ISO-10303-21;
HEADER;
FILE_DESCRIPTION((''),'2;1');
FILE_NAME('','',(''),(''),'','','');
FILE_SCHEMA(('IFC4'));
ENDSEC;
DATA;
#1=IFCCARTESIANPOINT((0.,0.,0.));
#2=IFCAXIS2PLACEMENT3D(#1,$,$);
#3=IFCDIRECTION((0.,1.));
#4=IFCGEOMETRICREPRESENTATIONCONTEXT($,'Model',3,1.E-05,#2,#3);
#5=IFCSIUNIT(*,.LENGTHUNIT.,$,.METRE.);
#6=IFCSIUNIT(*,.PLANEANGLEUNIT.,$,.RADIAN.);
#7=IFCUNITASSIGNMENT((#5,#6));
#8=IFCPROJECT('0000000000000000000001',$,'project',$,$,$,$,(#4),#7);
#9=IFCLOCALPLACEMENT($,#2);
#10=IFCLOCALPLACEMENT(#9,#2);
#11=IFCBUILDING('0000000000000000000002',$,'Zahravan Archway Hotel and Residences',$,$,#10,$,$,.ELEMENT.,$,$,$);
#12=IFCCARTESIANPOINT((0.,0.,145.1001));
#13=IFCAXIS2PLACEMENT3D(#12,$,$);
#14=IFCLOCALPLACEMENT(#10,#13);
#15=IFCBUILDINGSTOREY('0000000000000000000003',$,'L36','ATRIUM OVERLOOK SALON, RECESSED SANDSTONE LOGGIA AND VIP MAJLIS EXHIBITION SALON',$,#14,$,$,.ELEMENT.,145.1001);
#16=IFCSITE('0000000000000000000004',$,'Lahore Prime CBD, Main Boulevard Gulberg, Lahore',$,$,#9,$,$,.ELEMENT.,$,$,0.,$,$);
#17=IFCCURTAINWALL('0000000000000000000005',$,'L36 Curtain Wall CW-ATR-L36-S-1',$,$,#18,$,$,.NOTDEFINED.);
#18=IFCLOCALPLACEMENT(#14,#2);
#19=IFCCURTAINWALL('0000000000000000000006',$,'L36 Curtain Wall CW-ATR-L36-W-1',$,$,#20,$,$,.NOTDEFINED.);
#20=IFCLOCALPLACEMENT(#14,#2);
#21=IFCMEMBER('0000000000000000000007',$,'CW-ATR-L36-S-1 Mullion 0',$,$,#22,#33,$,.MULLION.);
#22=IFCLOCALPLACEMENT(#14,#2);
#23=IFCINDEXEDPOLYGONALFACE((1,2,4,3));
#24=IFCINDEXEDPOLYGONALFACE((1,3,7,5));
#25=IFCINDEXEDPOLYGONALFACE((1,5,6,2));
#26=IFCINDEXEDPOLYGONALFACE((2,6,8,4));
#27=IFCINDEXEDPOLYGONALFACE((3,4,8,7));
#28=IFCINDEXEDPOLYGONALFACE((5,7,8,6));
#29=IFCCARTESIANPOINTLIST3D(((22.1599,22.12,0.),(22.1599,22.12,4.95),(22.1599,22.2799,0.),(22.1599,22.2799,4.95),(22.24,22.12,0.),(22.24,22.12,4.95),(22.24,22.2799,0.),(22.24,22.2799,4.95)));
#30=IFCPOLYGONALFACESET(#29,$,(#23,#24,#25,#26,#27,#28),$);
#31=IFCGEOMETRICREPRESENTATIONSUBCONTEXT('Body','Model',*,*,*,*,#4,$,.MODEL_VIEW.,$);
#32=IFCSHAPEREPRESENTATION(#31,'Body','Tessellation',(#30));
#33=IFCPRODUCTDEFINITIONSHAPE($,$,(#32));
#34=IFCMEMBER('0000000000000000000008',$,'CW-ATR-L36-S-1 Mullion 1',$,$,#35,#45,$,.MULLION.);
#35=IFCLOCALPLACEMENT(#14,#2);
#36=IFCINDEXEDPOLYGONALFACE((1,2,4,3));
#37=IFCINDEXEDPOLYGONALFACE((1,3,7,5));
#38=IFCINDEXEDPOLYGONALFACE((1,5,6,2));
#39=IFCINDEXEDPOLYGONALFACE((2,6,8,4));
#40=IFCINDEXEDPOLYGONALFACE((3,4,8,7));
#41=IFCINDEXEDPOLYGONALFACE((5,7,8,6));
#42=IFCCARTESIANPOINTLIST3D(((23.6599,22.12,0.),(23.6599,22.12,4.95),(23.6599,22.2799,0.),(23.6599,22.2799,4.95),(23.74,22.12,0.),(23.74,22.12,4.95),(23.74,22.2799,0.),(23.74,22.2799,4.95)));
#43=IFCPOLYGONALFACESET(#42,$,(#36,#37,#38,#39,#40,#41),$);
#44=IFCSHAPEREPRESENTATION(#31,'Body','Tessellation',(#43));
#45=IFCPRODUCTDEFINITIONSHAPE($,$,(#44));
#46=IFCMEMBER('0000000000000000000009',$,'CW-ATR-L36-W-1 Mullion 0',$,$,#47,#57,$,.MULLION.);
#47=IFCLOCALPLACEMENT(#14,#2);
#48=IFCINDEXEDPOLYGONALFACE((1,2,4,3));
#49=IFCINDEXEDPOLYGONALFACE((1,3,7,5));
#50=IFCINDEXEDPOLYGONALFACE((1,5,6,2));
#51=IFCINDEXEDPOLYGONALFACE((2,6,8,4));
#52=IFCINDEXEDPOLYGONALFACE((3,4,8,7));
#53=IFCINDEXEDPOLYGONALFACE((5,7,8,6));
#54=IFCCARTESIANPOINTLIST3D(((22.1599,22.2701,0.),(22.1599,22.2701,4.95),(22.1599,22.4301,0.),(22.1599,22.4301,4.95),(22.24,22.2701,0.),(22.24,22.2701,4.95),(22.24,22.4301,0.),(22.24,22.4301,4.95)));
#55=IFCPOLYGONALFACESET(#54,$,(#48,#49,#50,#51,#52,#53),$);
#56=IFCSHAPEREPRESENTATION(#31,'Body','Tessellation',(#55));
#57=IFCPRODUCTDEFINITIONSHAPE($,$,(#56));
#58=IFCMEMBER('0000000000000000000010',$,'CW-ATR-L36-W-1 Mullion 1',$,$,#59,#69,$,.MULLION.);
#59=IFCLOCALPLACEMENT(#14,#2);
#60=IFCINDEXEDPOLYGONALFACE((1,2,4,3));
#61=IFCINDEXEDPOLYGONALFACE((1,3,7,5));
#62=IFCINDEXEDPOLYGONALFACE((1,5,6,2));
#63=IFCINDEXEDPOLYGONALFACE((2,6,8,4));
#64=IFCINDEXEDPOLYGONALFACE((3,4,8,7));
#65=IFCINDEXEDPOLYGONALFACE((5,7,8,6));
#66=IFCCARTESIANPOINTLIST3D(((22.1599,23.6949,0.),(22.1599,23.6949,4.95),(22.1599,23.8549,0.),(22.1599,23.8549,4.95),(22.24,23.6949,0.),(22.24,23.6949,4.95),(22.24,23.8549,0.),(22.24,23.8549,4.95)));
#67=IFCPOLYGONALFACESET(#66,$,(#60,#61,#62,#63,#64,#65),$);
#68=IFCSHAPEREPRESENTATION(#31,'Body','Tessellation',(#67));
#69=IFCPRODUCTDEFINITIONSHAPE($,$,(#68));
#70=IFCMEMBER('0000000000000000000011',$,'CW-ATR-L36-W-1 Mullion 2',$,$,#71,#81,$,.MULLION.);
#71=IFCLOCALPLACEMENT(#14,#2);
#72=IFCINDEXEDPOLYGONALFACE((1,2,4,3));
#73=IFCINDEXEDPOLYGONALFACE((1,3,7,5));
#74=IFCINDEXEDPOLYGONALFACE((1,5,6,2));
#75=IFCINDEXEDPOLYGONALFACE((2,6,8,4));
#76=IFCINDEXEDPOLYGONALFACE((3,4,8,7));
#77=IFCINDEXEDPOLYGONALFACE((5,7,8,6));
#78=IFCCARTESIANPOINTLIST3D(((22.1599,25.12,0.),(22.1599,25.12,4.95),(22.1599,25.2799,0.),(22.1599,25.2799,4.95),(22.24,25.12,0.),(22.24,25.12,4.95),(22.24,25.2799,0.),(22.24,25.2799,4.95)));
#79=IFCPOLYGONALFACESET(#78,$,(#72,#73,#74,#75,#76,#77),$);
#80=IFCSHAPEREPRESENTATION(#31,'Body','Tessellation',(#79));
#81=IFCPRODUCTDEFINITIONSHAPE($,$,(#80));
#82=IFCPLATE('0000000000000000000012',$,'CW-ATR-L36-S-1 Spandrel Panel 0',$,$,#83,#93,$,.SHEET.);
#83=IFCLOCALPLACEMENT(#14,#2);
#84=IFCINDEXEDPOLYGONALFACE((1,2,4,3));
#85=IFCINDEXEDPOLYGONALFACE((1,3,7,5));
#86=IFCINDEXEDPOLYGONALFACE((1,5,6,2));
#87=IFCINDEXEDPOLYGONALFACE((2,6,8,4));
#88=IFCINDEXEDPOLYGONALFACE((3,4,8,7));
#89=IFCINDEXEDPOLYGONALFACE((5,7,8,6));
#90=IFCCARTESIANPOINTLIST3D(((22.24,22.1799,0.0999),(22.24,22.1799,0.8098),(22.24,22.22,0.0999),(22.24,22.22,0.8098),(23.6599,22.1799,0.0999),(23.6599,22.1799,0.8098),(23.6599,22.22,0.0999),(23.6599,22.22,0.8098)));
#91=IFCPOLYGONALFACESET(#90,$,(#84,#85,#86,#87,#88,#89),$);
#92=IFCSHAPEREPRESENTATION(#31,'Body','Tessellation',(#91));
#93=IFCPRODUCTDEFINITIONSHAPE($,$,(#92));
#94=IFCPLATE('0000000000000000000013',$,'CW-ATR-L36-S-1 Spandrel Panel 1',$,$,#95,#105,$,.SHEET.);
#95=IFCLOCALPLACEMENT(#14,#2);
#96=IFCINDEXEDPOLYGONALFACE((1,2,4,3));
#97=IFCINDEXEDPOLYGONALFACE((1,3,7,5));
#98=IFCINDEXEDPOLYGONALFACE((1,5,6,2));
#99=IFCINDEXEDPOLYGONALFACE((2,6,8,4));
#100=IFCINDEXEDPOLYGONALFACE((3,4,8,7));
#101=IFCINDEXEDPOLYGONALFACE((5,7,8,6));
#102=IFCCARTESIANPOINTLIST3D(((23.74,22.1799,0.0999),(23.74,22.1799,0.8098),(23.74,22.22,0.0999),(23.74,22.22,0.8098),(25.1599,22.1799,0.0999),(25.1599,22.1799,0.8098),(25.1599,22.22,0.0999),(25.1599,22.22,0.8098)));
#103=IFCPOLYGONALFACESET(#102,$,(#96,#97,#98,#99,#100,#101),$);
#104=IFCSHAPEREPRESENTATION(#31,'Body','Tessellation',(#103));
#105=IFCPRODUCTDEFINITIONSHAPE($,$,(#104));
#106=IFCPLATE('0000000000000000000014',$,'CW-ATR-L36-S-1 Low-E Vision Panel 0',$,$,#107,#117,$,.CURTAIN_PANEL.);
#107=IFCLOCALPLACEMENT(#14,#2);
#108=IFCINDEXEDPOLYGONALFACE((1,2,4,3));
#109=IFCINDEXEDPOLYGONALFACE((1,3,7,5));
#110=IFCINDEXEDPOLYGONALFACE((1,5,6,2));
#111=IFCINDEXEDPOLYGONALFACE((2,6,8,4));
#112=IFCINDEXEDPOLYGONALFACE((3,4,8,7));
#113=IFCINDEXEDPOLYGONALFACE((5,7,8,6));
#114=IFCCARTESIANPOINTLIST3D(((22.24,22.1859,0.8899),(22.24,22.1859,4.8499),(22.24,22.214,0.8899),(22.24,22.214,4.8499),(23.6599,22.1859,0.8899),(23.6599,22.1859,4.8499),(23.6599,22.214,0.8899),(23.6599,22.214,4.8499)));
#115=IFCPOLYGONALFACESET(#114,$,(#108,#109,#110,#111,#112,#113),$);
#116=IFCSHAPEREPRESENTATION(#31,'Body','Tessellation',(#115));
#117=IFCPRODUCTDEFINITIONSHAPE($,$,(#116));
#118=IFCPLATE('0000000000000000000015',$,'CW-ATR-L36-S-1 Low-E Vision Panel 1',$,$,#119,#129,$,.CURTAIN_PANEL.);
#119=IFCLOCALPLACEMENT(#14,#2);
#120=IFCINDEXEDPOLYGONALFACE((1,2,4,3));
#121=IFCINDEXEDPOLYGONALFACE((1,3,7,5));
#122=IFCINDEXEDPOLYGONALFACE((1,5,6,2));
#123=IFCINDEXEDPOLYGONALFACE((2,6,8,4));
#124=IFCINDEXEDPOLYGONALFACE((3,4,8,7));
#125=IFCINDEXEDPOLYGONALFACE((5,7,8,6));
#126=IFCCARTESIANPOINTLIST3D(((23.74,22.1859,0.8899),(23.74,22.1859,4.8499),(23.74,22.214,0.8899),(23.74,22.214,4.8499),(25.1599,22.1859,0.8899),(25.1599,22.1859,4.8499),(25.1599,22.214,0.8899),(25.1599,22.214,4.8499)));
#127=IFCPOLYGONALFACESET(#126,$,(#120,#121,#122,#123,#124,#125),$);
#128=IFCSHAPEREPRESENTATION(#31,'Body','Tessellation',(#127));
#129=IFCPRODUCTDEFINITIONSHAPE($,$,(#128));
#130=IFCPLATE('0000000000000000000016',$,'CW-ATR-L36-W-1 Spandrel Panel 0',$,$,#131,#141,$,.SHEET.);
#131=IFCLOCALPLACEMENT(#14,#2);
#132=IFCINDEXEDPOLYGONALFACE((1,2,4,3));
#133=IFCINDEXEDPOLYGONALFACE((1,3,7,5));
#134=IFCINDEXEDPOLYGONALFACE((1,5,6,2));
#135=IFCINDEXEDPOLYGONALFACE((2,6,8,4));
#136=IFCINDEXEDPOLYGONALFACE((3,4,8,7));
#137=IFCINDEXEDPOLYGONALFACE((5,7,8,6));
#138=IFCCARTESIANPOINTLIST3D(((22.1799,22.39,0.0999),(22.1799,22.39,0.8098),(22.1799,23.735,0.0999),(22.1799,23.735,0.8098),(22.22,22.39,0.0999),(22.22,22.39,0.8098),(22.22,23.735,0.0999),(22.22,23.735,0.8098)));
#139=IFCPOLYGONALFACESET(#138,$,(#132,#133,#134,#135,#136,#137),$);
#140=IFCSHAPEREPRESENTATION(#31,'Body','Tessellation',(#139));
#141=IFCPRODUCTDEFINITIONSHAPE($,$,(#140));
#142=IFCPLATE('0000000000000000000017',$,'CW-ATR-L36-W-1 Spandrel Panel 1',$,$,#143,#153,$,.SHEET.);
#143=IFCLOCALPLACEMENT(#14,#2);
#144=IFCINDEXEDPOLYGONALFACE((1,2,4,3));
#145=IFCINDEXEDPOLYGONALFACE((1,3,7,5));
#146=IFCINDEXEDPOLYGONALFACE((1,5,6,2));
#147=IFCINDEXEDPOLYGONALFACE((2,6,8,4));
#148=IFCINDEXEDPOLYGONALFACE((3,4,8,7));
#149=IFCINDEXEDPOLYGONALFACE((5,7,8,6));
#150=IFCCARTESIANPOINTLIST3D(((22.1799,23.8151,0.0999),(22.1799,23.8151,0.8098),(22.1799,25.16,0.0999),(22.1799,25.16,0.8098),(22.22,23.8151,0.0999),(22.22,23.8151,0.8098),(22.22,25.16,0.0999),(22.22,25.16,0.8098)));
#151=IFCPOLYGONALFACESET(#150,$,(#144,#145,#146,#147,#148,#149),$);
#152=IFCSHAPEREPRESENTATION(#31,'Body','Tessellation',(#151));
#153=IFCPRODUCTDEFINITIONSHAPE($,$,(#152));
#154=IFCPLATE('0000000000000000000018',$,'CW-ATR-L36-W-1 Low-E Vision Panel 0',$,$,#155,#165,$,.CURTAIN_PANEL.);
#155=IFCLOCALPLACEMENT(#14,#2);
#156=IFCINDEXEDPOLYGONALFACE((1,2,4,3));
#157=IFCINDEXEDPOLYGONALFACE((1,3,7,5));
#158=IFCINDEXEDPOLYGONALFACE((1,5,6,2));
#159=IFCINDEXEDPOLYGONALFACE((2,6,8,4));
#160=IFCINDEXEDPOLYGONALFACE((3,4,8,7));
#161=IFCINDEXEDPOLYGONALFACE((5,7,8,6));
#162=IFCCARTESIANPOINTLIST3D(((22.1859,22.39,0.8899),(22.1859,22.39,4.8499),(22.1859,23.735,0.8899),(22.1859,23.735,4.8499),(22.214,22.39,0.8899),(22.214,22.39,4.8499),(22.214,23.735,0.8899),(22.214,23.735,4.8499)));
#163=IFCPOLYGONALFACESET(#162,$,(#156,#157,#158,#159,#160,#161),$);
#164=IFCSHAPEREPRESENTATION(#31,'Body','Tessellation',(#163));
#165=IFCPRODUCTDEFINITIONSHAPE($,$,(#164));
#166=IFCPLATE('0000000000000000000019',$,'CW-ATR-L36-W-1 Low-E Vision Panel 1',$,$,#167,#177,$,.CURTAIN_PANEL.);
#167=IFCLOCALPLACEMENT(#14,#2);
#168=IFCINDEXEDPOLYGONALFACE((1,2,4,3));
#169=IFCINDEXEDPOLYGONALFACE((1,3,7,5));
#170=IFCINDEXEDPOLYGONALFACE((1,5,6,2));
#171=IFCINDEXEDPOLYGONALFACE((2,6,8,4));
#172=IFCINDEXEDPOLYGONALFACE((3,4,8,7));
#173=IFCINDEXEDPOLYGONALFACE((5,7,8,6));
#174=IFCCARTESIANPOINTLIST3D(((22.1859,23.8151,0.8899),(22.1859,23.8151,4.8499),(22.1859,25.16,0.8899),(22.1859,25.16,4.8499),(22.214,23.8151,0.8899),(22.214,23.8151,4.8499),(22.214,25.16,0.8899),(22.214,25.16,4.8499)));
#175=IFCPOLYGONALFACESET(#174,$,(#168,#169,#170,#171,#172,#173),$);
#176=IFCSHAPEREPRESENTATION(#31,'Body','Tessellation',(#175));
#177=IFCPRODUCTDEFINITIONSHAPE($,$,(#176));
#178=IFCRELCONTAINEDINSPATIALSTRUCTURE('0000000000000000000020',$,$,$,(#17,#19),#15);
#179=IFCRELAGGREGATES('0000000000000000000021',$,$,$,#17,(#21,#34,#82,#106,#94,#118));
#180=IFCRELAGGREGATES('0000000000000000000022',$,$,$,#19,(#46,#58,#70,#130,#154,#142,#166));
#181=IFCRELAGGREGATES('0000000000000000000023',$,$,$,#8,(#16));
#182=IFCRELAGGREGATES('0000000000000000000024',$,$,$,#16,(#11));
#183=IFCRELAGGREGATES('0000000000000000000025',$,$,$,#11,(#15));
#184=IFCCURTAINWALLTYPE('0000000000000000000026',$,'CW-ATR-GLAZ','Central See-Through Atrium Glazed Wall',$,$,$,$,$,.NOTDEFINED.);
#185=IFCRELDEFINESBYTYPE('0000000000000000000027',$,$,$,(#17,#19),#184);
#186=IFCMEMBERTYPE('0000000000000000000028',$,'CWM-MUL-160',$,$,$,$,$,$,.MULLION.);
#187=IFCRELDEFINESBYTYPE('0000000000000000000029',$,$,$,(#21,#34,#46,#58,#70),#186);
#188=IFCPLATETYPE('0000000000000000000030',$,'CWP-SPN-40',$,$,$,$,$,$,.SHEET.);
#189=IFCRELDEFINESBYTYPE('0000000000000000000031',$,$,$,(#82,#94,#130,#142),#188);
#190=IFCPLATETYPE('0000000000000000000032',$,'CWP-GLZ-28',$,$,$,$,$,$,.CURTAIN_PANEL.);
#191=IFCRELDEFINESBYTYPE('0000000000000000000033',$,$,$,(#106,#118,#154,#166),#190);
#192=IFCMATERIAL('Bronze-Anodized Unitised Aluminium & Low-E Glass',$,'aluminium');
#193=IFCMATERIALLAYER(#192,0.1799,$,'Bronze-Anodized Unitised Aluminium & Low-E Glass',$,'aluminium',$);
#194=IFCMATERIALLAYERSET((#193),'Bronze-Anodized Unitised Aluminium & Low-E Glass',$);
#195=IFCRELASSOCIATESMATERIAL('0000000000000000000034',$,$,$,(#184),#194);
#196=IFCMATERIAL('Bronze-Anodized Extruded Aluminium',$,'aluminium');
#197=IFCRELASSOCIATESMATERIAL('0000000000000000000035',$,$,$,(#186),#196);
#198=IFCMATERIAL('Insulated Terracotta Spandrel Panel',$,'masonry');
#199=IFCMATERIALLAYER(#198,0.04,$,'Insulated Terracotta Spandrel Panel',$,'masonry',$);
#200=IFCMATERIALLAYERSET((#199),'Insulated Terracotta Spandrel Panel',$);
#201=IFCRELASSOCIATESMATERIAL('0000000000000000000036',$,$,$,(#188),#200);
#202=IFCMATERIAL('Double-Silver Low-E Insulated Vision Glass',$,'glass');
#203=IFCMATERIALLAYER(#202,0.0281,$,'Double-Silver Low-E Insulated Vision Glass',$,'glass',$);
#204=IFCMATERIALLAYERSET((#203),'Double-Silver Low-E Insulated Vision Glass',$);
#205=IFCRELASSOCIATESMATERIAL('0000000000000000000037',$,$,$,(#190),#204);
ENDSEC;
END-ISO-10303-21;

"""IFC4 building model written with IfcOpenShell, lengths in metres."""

from ifc_helpers import new_model, si_unit, direction, frame, origin, origin_2d, place, context, subcontext, project, spatial, rectangle, extrude, source, transform, mapped, material, layer, layer_set, material_profile, profile_set, type_object, element, aggregate, save


model = new_model("IFC4")

# Units and contexts
model_context = context("Model", 3, precision=1e-05, world=origin(), true_north=direction((0.0, 1.0)))
body_context = subcontext(model_context, "Body", "Model", "MODEL_VIEW")
ifc_project = project(units=[si_unit("LENGTHUNIT", "METRE"), si_unit("PLANEANGLEUNIT", "RADIAN")], contexts=[model_context])

# Site, building, storey
site_placement = place(None, origin())
site = spatial("IfcSite", under=ifc_project, at=site_placement, Name="Lahore Prime CBD, Main Boulevard Gulberg, Lahore", CompositionType="ELEMENT", RefElevation=0.0)
building_placement = place(site_placement, origin())
building = spatial("IfcBuilding", under=site, at=building_placement, Name="Zahravan Archway Hotel and Residences", CompositionType="ELEMENT")
storey_placement = place(building_placement, frame((0.0, 0.0, 145.1001)))
storey = spatial("IfcBuildingStorey", under=building, at=storey_placement, Name="L36", Description="ATRIUM OVERLOOK SALON, RECESSED SANDSTONE LOGGIA AND VIP MAJLIS EXHIBITION SALON", CompositionType="ELEMENT", Elevation=145.1001)

# Curtain walls
ifc_material_1 = material(Name="Bronze-Anodized Unitised Aluminium & Low-E Glass", Category="aluminium")
ifc_layer_1 = layer(ifc_material_1, 0.1799, Name="Bronze-Anodized Unitised Aluminium & Low-E Glass", Category="aluminium")
ifc_layer_set_1 = layer_set([ifc_layer_1], Name="Bronze-Anodized Unitised Aluminium & Low-E Glass")
curtain_wall_type = type_object("IfcCurtainWallType", Name="CW-ATR-GLAZ", Description="Central See-Through Atrium Glazed Wall", PredefinedType="NOTDEFINED", material=ifc_layer_set_1)
curtain_wall_1_placement = place(storey_placement, origin())
curtain_wall_1 = element("IfcCurtainWall", 1, at=curtain_wall_1_placement, inside=storey, type_object=curtain_wall_type, Name="L36 Curtain Wall CW-ATR-L36-S-1", PredefinedType="NOTDEFINED")
ifc_material_2 = material(Name="Bronze-Anodized Extruded Aluminium", Category="aluminium")
curtain_wall_2_placement = place(storey_placement, origin())
curtain_wall_2 = element("IfcCurtainWall", 2, at=curtain_wall_2_placement, inside=storey, type_object=curtain_wall_type, Name="L36 Curtain Wall CW-ATR-L36-W-1", PredefinedType="NOTDEFINED")

# Members
ifc_material_profile_1 = material_profile(ifc_material_2, rectangle(XDim=0.0801, YDim=0.1599, at=origin_2d()), Name="MUL 80x160", Category="aluminium")
ifc_profile_set_1 = profile_set([ifc_material_profile_1], Name="Bronze-Anodized Extruded Aluminium")
member_type_1 = type_object("IfcMemberType", Name="CWM-MUL-160", PredefinedType="MULLION", material=ifc_profile_set_1)
shared_shape_1 = source(origin(), body_context, "Body", "SweptSolid", [
    extrude(rectangle(XDim=0.0801, YDim=0.1599, at=origin_2d()), origin(), (0.0, 0.0, 1.0), 4.95),
])
member_1_placement = place(storey_placement, frame((22.2, 22.2, 0.0), z_axis=(0.0, 0.0, 1.0), x_axis=(1.0, 0.0, 0.0)))
member_1 = element("IfcMember", 3, at=member_1_placement, type_object=member_type_1, Name="CW-ATR-L36-S-1 Mullion 0", PredefinedType="MULLION", context=body_context, shape_type="MappedRepresentation", body=[
    mapped(shared_shape_1, transform((0.0, 0.0, 0.0), scale=1.0)),
])
member_2_placement = place(storey_placement, frame((23.7, 22.2, 0.0), z_axis=(0.0, 0.0, 1.0), x_axis=(1.0, 0.0, 0.0)))
member_2 = element("IfcMember", 4, at=member_2_placement, type_object=member_type_1, Name="CW-ATR-L36-S-1 Mullion 1", PredefinedType="MULLION", context=body_context, shape_type="MappedRepresentation", body=[
    mapped(shared_shape_1, transform((0.0, 0.0, 0.0), scale=1.0)),
])
member_3_placement = place(storey_placement, frame((22.2, 22.3501, 0.0), z_axis=(0.0, 0.0, 1.0), x_axis=(1.0, 0.0, 0.0)))
member_3 = element("IfcMember", 5, at=member_3_placement, type_object=member_type_1, Name="CW-ATR-L36-W-1 Mullion 0", PredefinedType="MULLION", context=body_context, shape_type="MappedRepresentation", body=[
    mapped(shared_shape_1, transform((0.0, 0.0, 0.0), scale=1.0)),
])
member_4_placement = place(storey_placement, frame((22.2, 23.7749, 0.0), z_axis=(0.0, 0.0, 1.0), x_axis=(1.0, 0.0, 0.0)))
member_4 = element("IfcMember", 6, at=member_4_placement, type_object=member_type_1, Name="CW-ATR-L36-W-1 Mullion 1", PredefinedType="MULLION", context=body_context, shape_type="MappedRepresentation", body=[
    mapped(shared_shape_1, transform((0.0, 0.0, 0.0), scale=1.0)),
])
member_5_placement = place(storey_placement, frame((22.2, 25.2, 0.0), z_axis=(0.0, 0.0, 1.0), x_axis=(1.0, 0.0, 0.0)))
member_5 = element("IfcMember", 7, at=member_5_placement, type_object=member_type_1, Name="CW-ATR-L36-W-1 Mullion 2", PredefinedType="MULLION", context=body_context, shape_type="MappedRepresentation", body=[
    mapped(shared_shape_1, transform((0.0, 0.0, 0.0), scale=1.0)),
])

# Plates
ifc_material_3 = material(Name="Insulated Terracotta Spandrel Panel", Category="masonry")
ifc_layer_2 = layer(ifc_material_3, 0.04, Name="Insulated Terracotta Spandrel Panel", Category="masonry")
ifc_layer_set_2 = layer_set([ifc_layer_2], Name="Insulated Terracotta Spandrel Panel")
plate_type_1 = type_object("IfcPlateType", Name="CWP-SPN-40", PredefinedType="SHEET", material=ifc_layer_set_2)
shared_shape_2 = source(origin(), body_context, "Body", "SweptSolid", [
    extrude(rectangle(XDim=1.4199, YDim=0.04, at=origin_2d()), origin(), (0.0, 0.0, 1.0), 0.71),
])
plate_1_placement = place(storey_placement, frame((22.95, 22.2, 0.0999), z_axis=(0.0, 0.0, 1.0), x_axis=(1.0, 0.0, 0.0)))
plate_1 = element("IfcPlate", 8, at=plate_1_placement, type_object=plate_type_1, Name="CW-ATR-L36-S-1 Spandrel Panel 0", PredefinedType="SHEET", context=body_context, shape_type="MappedRepresentation", body=[
    mapped(shared_shape_2, transform((0.0, 0.0, 0.0), scale=1.0)),
])
plate_2_placement = place(storey_placement, frame((24.45, 22.2, 0.0999), z_axis=(0.0, 0.0, 1.0), x_axis=(1.0, 0.0, 0.0)))
plate_2 = element("IfcPlate", 9, at=plate_2_placement, type_object=plate_type_1, Name="CW-ATR-L36-S-1 Spandrel Panel 1", PredefinedType="SHEET", context=body_context, shape_type="MappedRepresentation", body=[
    mapped(shared_shape_2, transform((0.0, 0.0, 0.0), scale=1.0)),
])
ifc_material_4 = material(Name="Double-Silver Low-E Insulated Vision Glass", Category="glass")
ifc_layer_3 = layer(ifc_material_4, 0.0281, Name="Double-Silver Low-E Insulated Vision Glass", Category="glass")
ifc_layer_set_3 = layer_set([ifc_layer_3], Name="Double-Silver Low-E Insulated Vision Glass")
plate_type_2 = type_object("IfcPlateType", Name="CWP-GLZ-28", PredefinedType="CURTAIN_PANEL", material=ifc_layer_set_3)
shared_shape_3 = source(origin(), body_context, "Body", "SweptSolid", [
    extrude(rectangle(XDim=1.4199, YDim=0.0281, at=origin_2d()), origin(), (0.0, 0.0, 1.0), 3.96),
])
plate_3_placement = place(storey_placement, frame((22.95, 22.2, 0.8899), z_axis=(0.0, 0.0, 1.0), x_axis=(1.0, 0.0, 0.0)))
plate_3 = element("IfcPlate", 10, at=plate_3_placement, type_object=plate_type_2, Name="CW-ATR-L36-S-1 Low-E Vision Panel 0", PredefinedType="CURTAIN_PANEL", context=body_context, shape_type="MappedRepresentation", body=[
    mapped(shared_shape_3, transform((0.0, 0.0, 0.0), scale=1.0)),
])
plate_4_placement = place(storey_placement, frame((24.45, 22.2, 0.8899), z_axis=(0.0, 0.0, 1.0), x_axis=(1.0, 0.0, 0.0)))
plate_4 = element("IfcPlate", 11, at=plate_4_placement, type_object=plate_type_2, Name="CW-ATR-L36-S-1 Low-E Vision Panel 1", PredefinedType="CURTAIN_PANEL", context=body_context, shape_type="MappedRepresentation", body=[
    mapped(shared_shape_3, transform((0.0, 0.0, 0.0), scale=1.0)),
])
aggregate(curtain_wall_1, [member_1, member_2, plate_1, plate_3, plate_2, plate_4])
shared_shape_4 = source(origin(), body_context, "Body", "SweptSolid", [
    extrude(rectangle(XDim=1.345, YDim=0.04, at=origin_2d()), origin(), (0.0, 0.0, 1.0), 0.71),
])
plate_5_placement = place(storey_placement, frame((22.2, 23.0625, 0.0999), z_axis=(0.0, 0.0, 1.0), x_axis=(0.0, 1.0, 0.0)))
plate_5 = element("IfcPlate", 12, at=plate_5_placement, type_object=plate_type_1, Name="CW-ATR-L36-W-1 Spandrel Panel 0", PredefinedType="SHEET", context=body_context, shape_type="MappedRepresentation", body=[
    mapped(shared_shape_4, transform((0.0, 0.0, 0.0), scale=1.0)),
])
plate_6_placement = place(storey_placement, frame((22.2, 24.4875, 0.0999), z_axis=(0.0, 0.0, 1.0), x_axis=(0.0, 1.0, 0.0)))
plate_6 = element("IfcPlate", 13, at=plate_6_placement, type_object=plate_type_1, Name="CW-ATR-L36-W-1 Spandrel Panel 1", PredefinedType="SHEET", context=body_context, shape_type="MappedRepresentation", body=[
    mapped(shared_shape_4, transform((0.0, 0.0, 0.0), scale=1.0)),
])
shared_shape_5 = source(origin(), body_context, "Body", "SweptSolid", [
    extrude(rectangle(XDim=1.345, YDim=0.0281, at=origin_2d()), origin(), (0.0, 0.0, 1.0), 3.96),
])
plate_7_placement = place(storey_placement, frame((22.2, 23.0625, 0.8899), z_axis=(0.0, 0.0, 1.0), x_axis=(0.0, 1.0, 0.0)))
plate_7 = element("IfcPlate", 14, at=plate_7_placement, type_object=plate_type_2, Name="CW-ATR-L36-W-1 Low-E Vision Panel 0", PredefinedType="CURTAIN_PANEL", context=body_context, shape_type="MappedRepresentation", body=[
    mapped(shared_shape_5, transform((0.0, 0.0, 0.0), scale=1.0)),
])
plate_8_placement = place(storey_placement, frame((22.2, 24.4875, 0.8899), z_axis=(0.0, 0.0, 1.0), x_axis=(0.0, 1.0, 0.0)))
plate_8 = element("IfcPlate", 15, at=plate_8_placement, type_object=plate_type_2, Name="CW-ATR-L36-W-1 Low-E Vision Panel 1", PredefinedType="CURTAIN_PANEL", context=body_context, shape_type="MappedRepresentation", body=[
    mapped(shared_shape_5, transform((0.0, 0.0, 0.0), scale=1.0)),
])
aggregate(curtain_wall_2, [member_3, member_4, member_5, plate_5, plate_7, plate_6, plate_8])

save(model, "model.ifc")
